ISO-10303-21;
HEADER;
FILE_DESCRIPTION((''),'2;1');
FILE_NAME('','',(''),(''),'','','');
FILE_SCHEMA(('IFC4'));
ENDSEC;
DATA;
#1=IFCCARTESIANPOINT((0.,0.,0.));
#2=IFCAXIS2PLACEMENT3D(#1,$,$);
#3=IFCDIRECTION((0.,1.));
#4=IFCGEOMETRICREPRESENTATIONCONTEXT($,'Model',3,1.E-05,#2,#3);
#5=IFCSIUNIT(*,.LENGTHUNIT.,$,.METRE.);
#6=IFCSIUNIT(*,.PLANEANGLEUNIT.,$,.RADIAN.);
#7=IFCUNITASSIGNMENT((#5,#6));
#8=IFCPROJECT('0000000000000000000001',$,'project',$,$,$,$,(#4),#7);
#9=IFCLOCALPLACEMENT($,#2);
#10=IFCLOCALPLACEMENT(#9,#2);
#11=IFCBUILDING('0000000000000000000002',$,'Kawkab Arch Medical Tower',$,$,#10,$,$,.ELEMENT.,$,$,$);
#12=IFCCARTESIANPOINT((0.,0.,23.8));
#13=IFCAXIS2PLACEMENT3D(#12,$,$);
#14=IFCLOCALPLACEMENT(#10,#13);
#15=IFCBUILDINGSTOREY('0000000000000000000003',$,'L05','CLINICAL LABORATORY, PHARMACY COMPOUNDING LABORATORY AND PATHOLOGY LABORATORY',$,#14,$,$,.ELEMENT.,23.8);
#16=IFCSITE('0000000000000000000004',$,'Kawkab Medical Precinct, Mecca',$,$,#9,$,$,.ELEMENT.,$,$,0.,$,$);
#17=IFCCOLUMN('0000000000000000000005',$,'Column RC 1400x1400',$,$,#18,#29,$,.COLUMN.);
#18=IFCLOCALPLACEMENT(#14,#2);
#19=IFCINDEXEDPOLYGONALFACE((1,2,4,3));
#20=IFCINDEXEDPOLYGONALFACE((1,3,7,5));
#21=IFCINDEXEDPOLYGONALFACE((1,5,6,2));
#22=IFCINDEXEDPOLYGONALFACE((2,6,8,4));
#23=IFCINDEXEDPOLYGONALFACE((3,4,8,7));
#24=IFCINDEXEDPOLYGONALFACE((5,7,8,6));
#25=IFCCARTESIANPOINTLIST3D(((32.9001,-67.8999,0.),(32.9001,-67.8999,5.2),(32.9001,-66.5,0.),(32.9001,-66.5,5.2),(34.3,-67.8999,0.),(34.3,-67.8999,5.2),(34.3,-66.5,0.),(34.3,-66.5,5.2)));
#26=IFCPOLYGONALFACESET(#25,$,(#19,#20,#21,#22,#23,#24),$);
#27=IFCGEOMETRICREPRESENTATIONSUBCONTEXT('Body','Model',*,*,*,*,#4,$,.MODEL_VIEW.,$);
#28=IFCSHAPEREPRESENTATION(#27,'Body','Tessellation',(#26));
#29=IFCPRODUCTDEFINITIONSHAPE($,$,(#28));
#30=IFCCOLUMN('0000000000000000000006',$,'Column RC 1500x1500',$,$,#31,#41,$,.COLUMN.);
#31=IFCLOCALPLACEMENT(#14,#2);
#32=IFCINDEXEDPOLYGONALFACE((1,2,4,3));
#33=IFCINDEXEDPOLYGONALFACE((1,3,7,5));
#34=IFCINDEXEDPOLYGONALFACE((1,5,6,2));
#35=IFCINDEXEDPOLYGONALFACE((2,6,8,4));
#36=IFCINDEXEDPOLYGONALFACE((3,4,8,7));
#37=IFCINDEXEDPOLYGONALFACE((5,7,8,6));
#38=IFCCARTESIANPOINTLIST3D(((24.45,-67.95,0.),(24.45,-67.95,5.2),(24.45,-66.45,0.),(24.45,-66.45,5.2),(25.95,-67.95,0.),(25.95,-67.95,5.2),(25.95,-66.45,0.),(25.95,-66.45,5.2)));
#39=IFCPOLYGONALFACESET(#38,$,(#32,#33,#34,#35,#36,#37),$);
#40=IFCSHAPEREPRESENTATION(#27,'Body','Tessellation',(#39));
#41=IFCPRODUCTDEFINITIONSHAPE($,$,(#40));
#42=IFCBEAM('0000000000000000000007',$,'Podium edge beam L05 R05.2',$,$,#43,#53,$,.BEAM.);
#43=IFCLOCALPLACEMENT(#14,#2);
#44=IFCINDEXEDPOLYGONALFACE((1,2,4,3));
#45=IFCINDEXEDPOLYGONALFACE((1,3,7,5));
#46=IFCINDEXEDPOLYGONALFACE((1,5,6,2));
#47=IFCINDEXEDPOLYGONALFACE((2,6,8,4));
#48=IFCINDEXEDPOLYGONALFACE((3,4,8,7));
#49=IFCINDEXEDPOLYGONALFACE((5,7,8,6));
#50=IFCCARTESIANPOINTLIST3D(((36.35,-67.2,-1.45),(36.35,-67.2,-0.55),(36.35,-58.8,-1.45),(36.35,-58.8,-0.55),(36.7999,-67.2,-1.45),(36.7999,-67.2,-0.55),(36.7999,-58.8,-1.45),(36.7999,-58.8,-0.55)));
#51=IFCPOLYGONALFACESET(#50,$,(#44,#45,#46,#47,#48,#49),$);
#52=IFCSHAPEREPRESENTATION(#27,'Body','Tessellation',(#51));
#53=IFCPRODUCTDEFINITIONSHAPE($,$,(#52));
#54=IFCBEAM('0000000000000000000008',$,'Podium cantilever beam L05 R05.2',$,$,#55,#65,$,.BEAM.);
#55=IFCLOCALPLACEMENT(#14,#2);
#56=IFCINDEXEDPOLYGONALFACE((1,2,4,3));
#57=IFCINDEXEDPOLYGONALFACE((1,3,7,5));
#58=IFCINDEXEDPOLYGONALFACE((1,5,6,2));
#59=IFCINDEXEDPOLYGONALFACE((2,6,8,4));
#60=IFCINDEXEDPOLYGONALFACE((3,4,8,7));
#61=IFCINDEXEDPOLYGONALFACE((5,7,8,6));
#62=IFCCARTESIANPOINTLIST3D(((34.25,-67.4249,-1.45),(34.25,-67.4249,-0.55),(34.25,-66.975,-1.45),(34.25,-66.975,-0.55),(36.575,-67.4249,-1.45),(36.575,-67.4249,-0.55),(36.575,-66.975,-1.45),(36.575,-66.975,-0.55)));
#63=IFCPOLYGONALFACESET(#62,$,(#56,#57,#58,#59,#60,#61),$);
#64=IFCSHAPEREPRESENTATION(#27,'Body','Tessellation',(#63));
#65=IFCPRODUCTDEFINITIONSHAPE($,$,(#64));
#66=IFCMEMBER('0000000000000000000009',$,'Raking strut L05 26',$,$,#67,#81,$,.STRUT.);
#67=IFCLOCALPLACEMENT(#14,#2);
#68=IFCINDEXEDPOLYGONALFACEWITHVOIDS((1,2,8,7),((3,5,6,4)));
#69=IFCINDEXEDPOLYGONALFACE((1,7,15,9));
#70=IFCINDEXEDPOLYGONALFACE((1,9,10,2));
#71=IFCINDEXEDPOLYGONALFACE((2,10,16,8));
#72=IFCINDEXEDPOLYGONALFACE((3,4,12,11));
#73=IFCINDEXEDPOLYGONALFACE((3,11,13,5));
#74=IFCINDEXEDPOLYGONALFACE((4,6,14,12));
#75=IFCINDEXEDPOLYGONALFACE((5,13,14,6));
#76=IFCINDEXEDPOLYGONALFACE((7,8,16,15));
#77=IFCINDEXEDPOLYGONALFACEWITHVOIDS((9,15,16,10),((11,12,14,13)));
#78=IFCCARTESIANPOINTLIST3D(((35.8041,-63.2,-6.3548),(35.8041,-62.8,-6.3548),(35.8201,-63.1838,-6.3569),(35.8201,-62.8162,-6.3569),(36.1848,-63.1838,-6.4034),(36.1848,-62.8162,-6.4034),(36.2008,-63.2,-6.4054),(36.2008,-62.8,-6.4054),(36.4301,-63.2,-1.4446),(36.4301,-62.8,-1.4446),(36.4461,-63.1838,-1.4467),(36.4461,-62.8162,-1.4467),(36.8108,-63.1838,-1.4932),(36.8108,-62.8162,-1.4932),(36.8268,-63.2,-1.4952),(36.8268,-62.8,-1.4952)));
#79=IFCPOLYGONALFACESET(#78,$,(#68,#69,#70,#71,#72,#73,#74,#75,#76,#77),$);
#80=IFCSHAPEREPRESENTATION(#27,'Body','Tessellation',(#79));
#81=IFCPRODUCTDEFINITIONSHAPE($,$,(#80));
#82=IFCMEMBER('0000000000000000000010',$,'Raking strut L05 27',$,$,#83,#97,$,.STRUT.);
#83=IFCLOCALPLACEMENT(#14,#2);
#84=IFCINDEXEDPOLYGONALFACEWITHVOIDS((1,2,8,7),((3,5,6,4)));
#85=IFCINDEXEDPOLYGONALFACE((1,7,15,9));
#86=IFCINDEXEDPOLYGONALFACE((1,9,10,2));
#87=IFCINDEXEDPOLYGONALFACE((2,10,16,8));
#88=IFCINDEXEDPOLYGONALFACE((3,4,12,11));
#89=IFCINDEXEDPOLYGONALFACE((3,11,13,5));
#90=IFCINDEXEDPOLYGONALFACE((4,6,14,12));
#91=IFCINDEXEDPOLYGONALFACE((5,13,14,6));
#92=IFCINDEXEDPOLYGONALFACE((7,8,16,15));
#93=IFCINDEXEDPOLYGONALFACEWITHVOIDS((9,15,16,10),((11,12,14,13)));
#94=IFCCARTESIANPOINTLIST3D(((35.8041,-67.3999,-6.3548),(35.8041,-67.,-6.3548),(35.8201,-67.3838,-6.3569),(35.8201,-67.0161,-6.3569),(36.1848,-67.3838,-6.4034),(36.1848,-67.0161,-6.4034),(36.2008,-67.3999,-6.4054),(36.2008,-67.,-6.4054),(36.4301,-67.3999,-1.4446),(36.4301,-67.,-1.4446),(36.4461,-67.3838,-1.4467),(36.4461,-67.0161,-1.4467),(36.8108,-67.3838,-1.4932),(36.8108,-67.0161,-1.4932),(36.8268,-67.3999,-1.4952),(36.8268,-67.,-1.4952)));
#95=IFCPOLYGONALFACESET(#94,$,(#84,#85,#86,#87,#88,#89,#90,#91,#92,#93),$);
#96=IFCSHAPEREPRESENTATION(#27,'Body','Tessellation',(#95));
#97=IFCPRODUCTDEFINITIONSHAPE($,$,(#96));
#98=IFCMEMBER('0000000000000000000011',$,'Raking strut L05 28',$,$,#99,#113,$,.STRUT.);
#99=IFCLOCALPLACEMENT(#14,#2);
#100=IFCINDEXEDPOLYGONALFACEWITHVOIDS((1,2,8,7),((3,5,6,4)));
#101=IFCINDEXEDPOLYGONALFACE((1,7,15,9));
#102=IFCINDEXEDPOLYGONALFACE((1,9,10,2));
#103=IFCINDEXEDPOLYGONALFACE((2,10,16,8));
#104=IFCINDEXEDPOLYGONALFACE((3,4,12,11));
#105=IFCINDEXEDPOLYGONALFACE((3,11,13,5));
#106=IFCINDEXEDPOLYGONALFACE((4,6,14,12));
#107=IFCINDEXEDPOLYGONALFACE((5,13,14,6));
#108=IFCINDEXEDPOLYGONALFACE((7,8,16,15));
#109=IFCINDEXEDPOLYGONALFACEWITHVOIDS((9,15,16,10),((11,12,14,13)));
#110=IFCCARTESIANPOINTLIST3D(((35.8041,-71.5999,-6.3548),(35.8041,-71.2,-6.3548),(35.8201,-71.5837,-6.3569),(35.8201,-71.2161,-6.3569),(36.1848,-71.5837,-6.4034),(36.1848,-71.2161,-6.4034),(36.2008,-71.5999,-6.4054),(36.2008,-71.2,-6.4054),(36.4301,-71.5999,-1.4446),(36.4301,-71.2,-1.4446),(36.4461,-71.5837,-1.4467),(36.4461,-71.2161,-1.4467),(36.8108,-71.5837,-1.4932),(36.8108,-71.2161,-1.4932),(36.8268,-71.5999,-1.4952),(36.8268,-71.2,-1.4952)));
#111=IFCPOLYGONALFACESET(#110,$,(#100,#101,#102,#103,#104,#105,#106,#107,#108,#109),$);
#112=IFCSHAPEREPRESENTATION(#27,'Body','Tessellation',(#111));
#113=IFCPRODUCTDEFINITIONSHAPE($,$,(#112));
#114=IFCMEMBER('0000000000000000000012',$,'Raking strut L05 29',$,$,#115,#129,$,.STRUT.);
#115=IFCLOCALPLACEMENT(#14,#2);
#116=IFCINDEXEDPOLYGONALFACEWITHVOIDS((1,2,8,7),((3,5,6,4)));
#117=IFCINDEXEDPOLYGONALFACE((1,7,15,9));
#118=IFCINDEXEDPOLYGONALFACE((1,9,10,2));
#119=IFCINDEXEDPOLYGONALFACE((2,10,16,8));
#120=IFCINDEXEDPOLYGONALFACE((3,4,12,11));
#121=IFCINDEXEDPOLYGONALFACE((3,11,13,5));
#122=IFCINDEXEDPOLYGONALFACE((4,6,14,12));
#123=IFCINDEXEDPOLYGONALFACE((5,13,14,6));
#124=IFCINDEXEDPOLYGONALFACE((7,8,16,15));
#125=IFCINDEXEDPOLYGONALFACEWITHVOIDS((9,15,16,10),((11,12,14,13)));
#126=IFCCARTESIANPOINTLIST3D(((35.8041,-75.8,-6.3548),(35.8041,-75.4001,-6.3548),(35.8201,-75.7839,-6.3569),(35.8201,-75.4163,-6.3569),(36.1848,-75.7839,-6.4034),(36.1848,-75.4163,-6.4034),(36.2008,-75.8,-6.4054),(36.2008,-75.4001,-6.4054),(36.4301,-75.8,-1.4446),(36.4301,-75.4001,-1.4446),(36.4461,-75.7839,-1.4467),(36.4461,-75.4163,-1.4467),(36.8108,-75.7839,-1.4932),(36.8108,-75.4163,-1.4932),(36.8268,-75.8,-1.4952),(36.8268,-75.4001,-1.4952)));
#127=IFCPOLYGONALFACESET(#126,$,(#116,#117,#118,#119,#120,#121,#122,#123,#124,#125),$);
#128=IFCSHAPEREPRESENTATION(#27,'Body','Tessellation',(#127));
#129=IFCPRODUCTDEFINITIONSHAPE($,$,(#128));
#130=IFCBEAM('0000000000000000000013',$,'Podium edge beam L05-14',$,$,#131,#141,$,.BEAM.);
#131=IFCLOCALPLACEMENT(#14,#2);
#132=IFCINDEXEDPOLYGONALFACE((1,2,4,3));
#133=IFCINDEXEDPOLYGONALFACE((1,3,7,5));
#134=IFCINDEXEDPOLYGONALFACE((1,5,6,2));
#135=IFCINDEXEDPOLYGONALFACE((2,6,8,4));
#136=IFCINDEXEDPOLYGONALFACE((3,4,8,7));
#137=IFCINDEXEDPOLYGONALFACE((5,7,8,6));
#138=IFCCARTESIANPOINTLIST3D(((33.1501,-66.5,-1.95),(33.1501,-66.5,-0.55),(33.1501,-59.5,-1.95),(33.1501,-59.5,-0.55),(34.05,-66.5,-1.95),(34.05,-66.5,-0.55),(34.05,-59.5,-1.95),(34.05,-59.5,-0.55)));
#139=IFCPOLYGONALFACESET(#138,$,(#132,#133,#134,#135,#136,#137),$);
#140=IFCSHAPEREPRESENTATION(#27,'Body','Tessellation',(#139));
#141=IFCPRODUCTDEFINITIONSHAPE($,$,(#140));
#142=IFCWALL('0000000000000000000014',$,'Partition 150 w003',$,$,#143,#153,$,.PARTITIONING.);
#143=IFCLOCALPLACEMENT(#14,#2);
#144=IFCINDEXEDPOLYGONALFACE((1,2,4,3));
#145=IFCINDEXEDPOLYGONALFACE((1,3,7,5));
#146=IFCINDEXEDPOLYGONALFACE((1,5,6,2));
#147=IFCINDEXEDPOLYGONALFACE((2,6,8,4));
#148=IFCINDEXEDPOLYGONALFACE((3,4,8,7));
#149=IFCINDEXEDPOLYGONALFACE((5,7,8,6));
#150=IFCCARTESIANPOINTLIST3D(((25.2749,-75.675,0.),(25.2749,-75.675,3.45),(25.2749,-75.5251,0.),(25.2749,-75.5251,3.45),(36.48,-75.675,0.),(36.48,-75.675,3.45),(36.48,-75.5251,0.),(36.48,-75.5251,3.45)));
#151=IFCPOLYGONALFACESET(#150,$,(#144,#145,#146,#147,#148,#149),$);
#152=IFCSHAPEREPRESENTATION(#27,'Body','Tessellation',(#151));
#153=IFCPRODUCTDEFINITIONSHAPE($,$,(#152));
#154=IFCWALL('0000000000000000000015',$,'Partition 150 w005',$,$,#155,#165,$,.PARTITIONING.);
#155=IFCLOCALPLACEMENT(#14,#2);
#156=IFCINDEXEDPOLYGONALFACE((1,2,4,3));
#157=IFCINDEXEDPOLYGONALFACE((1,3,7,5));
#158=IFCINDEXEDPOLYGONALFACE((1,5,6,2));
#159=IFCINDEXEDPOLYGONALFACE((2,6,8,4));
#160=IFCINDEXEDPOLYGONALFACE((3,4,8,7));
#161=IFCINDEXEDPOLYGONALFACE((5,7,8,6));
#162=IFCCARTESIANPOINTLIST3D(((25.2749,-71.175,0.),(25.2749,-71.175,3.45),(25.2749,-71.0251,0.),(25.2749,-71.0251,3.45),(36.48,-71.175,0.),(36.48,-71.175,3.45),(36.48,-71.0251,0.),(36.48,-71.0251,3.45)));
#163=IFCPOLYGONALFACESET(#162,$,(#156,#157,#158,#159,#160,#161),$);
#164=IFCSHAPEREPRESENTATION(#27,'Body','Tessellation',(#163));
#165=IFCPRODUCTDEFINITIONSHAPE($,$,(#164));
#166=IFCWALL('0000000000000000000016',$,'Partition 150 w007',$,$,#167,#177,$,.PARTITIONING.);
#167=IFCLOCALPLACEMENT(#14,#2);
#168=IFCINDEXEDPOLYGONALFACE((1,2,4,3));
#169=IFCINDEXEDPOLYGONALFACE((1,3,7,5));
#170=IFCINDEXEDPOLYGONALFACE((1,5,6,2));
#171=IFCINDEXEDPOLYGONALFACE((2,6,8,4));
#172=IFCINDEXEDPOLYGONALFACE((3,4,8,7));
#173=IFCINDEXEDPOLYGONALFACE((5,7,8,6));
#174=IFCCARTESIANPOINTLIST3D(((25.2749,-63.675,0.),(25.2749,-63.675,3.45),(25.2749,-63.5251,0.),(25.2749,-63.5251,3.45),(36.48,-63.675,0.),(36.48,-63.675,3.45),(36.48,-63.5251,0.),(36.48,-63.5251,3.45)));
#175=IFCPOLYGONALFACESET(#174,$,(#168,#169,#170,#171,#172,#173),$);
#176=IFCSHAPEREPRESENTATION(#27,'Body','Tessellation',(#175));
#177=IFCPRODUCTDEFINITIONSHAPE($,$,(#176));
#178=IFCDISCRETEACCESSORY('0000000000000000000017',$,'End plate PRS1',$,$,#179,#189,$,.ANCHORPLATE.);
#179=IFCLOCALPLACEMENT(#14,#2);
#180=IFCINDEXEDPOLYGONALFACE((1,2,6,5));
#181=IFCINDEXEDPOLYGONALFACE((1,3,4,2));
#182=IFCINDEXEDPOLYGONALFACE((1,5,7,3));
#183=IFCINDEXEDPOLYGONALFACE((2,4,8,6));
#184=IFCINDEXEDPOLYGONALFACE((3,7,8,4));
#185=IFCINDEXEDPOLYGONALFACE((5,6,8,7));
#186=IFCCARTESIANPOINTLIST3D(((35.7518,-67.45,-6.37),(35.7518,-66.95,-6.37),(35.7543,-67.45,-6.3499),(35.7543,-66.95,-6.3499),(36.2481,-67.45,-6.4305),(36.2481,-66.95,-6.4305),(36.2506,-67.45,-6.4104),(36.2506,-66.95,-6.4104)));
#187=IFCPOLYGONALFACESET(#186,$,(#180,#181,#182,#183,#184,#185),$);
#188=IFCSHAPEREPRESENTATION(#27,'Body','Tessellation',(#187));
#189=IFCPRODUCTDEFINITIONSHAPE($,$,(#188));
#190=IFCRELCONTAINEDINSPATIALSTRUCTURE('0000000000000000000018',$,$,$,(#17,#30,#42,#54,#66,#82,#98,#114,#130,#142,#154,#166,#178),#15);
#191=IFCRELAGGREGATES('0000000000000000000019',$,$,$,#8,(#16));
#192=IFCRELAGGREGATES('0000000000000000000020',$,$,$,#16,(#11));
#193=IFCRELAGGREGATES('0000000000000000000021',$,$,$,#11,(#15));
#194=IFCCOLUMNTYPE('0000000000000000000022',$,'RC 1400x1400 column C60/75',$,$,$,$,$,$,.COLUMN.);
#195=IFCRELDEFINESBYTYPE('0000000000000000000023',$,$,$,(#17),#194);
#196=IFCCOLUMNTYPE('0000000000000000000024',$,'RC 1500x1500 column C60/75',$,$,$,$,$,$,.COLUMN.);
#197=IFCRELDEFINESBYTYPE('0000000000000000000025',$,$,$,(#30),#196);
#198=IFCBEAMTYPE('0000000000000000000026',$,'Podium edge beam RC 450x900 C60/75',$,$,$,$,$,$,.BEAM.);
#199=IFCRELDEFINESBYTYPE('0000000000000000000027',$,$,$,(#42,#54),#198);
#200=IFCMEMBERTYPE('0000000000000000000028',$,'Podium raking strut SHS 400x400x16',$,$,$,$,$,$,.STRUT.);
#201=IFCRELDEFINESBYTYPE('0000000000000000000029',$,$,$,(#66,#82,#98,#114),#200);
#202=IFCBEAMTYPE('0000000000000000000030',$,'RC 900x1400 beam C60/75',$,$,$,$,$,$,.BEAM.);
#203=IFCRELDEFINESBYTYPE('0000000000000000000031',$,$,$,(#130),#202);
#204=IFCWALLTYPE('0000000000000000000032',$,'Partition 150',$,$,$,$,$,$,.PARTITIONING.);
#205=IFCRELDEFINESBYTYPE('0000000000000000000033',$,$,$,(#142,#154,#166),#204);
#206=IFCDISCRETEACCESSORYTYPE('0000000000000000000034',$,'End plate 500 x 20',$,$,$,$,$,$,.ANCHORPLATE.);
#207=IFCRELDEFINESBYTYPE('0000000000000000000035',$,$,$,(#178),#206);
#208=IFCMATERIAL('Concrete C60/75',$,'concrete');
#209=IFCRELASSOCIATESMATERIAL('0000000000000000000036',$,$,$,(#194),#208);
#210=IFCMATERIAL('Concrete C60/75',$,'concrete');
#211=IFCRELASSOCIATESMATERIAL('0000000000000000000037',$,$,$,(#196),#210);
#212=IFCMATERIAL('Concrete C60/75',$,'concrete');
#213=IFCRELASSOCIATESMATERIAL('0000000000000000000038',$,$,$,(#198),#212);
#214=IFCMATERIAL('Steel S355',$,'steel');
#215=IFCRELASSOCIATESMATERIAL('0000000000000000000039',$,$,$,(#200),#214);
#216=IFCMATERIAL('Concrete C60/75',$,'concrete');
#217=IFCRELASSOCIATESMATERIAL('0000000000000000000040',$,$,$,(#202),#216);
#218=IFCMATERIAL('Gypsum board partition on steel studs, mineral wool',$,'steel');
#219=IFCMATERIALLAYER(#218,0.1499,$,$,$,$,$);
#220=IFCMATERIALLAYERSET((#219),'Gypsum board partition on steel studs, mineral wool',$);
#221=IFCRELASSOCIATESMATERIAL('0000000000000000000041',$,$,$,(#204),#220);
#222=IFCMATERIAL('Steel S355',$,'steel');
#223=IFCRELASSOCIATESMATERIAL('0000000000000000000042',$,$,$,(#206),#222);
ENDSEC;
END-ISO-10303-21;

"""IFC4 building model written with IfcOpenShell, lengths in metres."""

from ifc_helpers import new_model, si_unit, direction, frame, frame_2d, origin, origin_2d, place, context, subcontext, project, spatial, rectangle, hollow_rectangle, extrude, material, layer, layer_set, material_profile, profile_set, type_object, element, save


model = new_model("IFC4")

# Units and contexts
model_context = context("Model", 3, precision=1e-05, world=origin(), true_north=direction((0.0, 1.0)))
body_context = subcontext(model_context, "Body", "Model", "MODEL_VIEW")
ifc_project = project(units=[si_unit("LENGTHUNIT", "METRE"), si_unit("PLANEANGLEUNIT", "RADIAN")], contexts=[model_context])

# Site, building, storey
site_placement = place(None, origin())
site = spatial("IfcSite", under=ifc_project, at=site_placement, Name="Kawkab Medical Precinct, Mecca", CompositionType="ELEMENT", RefElevation=0.0)
building_placement = place(site_placement, origin())
building = spatial("IfcBuilding", under=site, at=building_placement, Name="Kawkab Arch Medical Tower", CompositionType="ELEMENT")
storey_placement = place(building_placement, frame((0.0, 0.0, 23.8)))
storey = spatial("IfcBuildingStorey", under=building, at=storey_placement, Name="L05", Description="CLINICAL LABORATORY, PHARMACY COMPOUNDING LABORATORY AND PATHOLOGY LABORATORY", CompositionType="ELEMENT", Elevation=23.8)

# Columns
ifc_material_1 = material(Name="Concrete C60/75", Category="concrete")
ifc_material_profile_1 = material_profile(ifc_material_1, rectangle(XDim=1.3999, YDim=1.3999, at=origin_2d()), Name="RC 1400x1400")
ifc_profile_set_1 = profile_set([ifc_material_profile_1], Name="Concrete C60/75")
column_type_1 = type_object("IfcColumnType", Name="RC 1400x1400 column C60/75", PredefinedType="COLUMN", material=ifc_profile_set_1)
column_1_placement = place(storey_placement, frame((33.6001, -67.2, 0.0), z_axis=(0.0, 0.0, 1.0), x_axis=(1.0, 0.0, 0.0)))
element("IfcColumn", 1, at=column_1_placement, inside=storey, type_object=column_type_1, Name="Column RC 1400x1400", PredefinedType="COLUMN", context=body_context, shape_type="SweptSolid", body=[
    extrude(rectangle(XDim=1.3999, YDim=1.3999, at=origin_2d()), origin(), (0.0, 0.0, 1.0), 5.2),
])
ifc_material_2 = material(Name="Concrete C60/75", Category="concrete")
ifc_material_profile_2 = material_profile(ifc_material_2, rectangle(XDim=1.5, YDim=1.5, at=origin_2d()), Name="RC 1500x1500")
ifc_profile_set_2 = profile_set([ifc_material_profile_2], Name="Concrete C60/75")
column_type_2 = type_object("IfcColumnType", Name="RC 1500x1500 column C60/75", PredefinedType="COLUMN", material=ifc_profile_set_2)
column_2_placement = place(storey_placement, frame((25.2, -67.2, 0.0), z_axis=(0.0, 0.0, 1.0), x_axis=(1.0, 0.0, 0.0)))
element("IfcColumn", 2, at=column_2_placement, inside=storey, type_object=column_type_2, Name="Column RC 1500x1500", PredefinedType="COLUMN", context=body_context, shape_type="SweptSolid", body=[
    extrude(rectangle(XDim=1.5, YDim=1.5, at=origin_2d()), origin(), (0.0, 0.0, 1.0), 5.2),
])

# Beams
ifc_material_3 = material(Name="Concrete C60/75", Category="concrete")
ifc_material_profile_3 = material_profile(ifc_material_3, rectangle(XDim=0.45, YDim=0.8999, at=origin_2d()), Name="RC 450x900")
ifc_profile_set_3 = profile_set([ifc_material_profile_3], Name="Concrete C60/75")
beam_type_1 = type_object("IfcBeamType", Name="Podium edge beam RC 450x900 C60/75", PredefinedType="BEAM", material=ifc_profile_set_3)
beam_1_placement = place(storey_placement, frame((36.575, -67.2, -1.0), z_axis=(0.0, 1.0, 0.0), x_axis=(-1.0, 0.0, 0.0)))
element("IfcBeam", 3, at=beam_1_placement, inside=storey, type_object=beam_type_1, Name="Podium edge beam L05 R05.2", PredefinedType="BEAM", context=body_context, shape_type="SweptSolid", body=[
    extrude(rectangle(XDim=0.45, YDim=0.8999, at=origin_2d()), origin(), (0.0, 0.0, 1.0), 8.3999),
])
beam_2_placement = place(storey_placement, frame((34.25, -67.2, -1.0), z_axis=(1.0, 0.0, 0.0), x_axis=(0.0, 1.0, 0.0)))
element("IfcBeam", 4, at=beam_2_placement, inside=storey, type_object=beam_type_1, Name="Podium cantilever beam L05 R05.2", PredefinedType="BEAM", context=body_context, shape_type="SweptSolid", body=[
    extrude(rectangle(XDim=0.45, YDim=0.8999, at=origin_2d()), origin(), (0.0, 0.0, 1.0), 2.325),
])

# Members
ifc_material_4 = material(Name="Steel S355", Category="steel")
ifc_material_profile_4 = material_profile(ifc_material_4, hollow_rectangle(XDim=0.3999, YDim=0.3999, WallThickness=0.0161, at=origin_2d()), Name="SHS 400x400x16")
ifc_profile_set_4 = profile_set([ifc_material_profile_4], Name="Steel S355")
member_type = type_object("IfcMemberType", Name="Podium raking strut SHS 400x400x16", PredefinedType="STRUT", material=ifc_profile_set_4)
for number, where, z_axis, x_axis, name in (
    (5, (36.0024, -63.0, -6.3801), (0.126463, 0.0, 0.991971), (0.0, 1.0, 0.0), "Raking strut L05 26"),
    (6, (36.0024, -67.2, -6.3801), (0.126463, 0.0, 0.991971), (0.0, 1.0, 0.0), "Raking strut L05 27"),
    (7, (36.0024, -71.3999, -6.3801), (0.126463, 0.0, 0.991971), (0.0, 1.0, 0.0), "Raking strut L05 28"),
    (8, (36.0024, -75.6001, -6.3801), (0.126463, 0.0, 0.991971), (0.0, 1.0, 0.0), "Raking strut L05 29"),
):
    element("IfcMember", number, at=place(storey_placement, frame(where, z_axis=z_axis, x_axis=x_axis)), inside=storey, type_object=member_type, Name=name, PredefinedType="STRUT", context=body_context, shape_type="SweptSolid", body=[
        extrude(hollow_rectangle(XDim=0.3999, YDim=0.3999, WallThickness=0.0161, at=origin_2d()), origin(), (0.0, 0.0, 1.0), 4.95),
    ])

# Beam
ifc_material_5 = material(Name="Concrete C60/75", Category="concrete")
ifc_material_profile_5 = material_profile(ifc_material_5, rectangle(XDim=0.8999, YDim=1.3999, at=origin_2d()), Name="RC 900x1400")
ifc_profile_set_5 = profile_set([ifc_material_profile_5], Name="Concrete C60/75")
beam_type_2 = type_object("IfcBeamType", Name="RC 900x1400 beam C60/75", PredefinedType="BEAM", material=ifc_profile_set_5)
beam_3_placement = place(storey_placement, frame((33.6001, -66.5, -1.25), z_axis=(0.0, 1.0, 0.0), x_axis=(-1.0, 0.0, 0.0)))
element("IfcBeam", 9, at=beam_3_placement, inside=storey, type_object=beam_type_2, Name="Podium edge beam L05-14", PredefinedType="BEAM", context=body_context, shape_type="SweptSolid", body=[
    extrude(rectangle(XDim=0.8999, YDim=1.3999, at=origin_2d()), origin(), (0.0, 0.0, 1.0), 7.0),
])

# Walls
ifc_material_6 = material(Name="Gypsum board partition on steel studs, mineral wool", Category="steel")
ifc_layer = layer(ifc_material_6, 0.1499)
ifc_layer_set = layer_set([ifc_layer], Name="Gypsum board partition on steel studs, mineral wool")
wall_type = type_object("IfcWallType", Name="Partition 150", PredefinedType="PARTITIONING", material=ifc_layer_set)
for number, where, z_axis, x_axis, name in (
    (10, (25.2749, -75.6001, 0.0), (0.0, 0.0, 1.0), (1.0, 0.0, 0.0), "Partition 150 w003"),
    (11, (25.2749, -71.1001, 0.0), (0.0, 0.0, 1.0), (1.0, 0.0, 0.0), "Partition 150 w005"),
    (12, (25.2749, -63.6001, 0.0), (0.0, 0.0, 1.0), (1.0, 0.0, 0.0), "Partition 150 w007"),
):
    element("IfcWall", number, at=place(storey_placement, frame(where, z_axis=z_axis, x_axis=x_axis)), inside=storey, type_object=wall_type, Name=name, PredefinedType="PARTITIONING", context=body_context, shape_type="SweptSolid", body=[
        extrude(rectangle(XDim=11.2051, YDim=0.1499, at=frame_2d((5.6025, 0.0))), origin(), (0.0, 0.0, 1.0), 3.45),
    ])

# Discrete accessory
ifc_material_7 = material(Name="Steel S355", Category="steel")
ifc_material_profile_6 = material_profile(ifc_material_7, rectangle(XDim=0.5, YDim=0.5, at=origin_2d()), Name="End plate 500 x 20")
ifc_profile_set_6 = profile_set([ifc_material_profile_6], Name="Steel S355")
discrete_accessory_type = type_object("IfcDiscreteAccessoryType", Name="End plate 500 x 20", PredefinedType="ANCHORPLATE", material=ifc_profile_set_6)
for number, where, z_axis, x_axis, name in (
    (13, (36.0024, -67.2, -6.3801), (-0.121054, 0.0, -0.992646), (0.0, -1.0, 0.0), "End plate PRS1"),
):
    element("IfcDiscreteAccessory", number, at=place(storey_placement, frame(where, z_axis=z_axis, x_axis=x_axis)), inside=storey, type_object=discrete_accessory_type, Name=name, PredefinedType="ANCHORPLATE", context=body_context, shape_type="SweptSolid", body=[
        extrude(rectangle(XDim=0.5, YDim=0.5, at=origin_2d()), origin(), (0.0, 0.0, 1.0), 0.0203),
    ])

save(model, "model.ifc")
